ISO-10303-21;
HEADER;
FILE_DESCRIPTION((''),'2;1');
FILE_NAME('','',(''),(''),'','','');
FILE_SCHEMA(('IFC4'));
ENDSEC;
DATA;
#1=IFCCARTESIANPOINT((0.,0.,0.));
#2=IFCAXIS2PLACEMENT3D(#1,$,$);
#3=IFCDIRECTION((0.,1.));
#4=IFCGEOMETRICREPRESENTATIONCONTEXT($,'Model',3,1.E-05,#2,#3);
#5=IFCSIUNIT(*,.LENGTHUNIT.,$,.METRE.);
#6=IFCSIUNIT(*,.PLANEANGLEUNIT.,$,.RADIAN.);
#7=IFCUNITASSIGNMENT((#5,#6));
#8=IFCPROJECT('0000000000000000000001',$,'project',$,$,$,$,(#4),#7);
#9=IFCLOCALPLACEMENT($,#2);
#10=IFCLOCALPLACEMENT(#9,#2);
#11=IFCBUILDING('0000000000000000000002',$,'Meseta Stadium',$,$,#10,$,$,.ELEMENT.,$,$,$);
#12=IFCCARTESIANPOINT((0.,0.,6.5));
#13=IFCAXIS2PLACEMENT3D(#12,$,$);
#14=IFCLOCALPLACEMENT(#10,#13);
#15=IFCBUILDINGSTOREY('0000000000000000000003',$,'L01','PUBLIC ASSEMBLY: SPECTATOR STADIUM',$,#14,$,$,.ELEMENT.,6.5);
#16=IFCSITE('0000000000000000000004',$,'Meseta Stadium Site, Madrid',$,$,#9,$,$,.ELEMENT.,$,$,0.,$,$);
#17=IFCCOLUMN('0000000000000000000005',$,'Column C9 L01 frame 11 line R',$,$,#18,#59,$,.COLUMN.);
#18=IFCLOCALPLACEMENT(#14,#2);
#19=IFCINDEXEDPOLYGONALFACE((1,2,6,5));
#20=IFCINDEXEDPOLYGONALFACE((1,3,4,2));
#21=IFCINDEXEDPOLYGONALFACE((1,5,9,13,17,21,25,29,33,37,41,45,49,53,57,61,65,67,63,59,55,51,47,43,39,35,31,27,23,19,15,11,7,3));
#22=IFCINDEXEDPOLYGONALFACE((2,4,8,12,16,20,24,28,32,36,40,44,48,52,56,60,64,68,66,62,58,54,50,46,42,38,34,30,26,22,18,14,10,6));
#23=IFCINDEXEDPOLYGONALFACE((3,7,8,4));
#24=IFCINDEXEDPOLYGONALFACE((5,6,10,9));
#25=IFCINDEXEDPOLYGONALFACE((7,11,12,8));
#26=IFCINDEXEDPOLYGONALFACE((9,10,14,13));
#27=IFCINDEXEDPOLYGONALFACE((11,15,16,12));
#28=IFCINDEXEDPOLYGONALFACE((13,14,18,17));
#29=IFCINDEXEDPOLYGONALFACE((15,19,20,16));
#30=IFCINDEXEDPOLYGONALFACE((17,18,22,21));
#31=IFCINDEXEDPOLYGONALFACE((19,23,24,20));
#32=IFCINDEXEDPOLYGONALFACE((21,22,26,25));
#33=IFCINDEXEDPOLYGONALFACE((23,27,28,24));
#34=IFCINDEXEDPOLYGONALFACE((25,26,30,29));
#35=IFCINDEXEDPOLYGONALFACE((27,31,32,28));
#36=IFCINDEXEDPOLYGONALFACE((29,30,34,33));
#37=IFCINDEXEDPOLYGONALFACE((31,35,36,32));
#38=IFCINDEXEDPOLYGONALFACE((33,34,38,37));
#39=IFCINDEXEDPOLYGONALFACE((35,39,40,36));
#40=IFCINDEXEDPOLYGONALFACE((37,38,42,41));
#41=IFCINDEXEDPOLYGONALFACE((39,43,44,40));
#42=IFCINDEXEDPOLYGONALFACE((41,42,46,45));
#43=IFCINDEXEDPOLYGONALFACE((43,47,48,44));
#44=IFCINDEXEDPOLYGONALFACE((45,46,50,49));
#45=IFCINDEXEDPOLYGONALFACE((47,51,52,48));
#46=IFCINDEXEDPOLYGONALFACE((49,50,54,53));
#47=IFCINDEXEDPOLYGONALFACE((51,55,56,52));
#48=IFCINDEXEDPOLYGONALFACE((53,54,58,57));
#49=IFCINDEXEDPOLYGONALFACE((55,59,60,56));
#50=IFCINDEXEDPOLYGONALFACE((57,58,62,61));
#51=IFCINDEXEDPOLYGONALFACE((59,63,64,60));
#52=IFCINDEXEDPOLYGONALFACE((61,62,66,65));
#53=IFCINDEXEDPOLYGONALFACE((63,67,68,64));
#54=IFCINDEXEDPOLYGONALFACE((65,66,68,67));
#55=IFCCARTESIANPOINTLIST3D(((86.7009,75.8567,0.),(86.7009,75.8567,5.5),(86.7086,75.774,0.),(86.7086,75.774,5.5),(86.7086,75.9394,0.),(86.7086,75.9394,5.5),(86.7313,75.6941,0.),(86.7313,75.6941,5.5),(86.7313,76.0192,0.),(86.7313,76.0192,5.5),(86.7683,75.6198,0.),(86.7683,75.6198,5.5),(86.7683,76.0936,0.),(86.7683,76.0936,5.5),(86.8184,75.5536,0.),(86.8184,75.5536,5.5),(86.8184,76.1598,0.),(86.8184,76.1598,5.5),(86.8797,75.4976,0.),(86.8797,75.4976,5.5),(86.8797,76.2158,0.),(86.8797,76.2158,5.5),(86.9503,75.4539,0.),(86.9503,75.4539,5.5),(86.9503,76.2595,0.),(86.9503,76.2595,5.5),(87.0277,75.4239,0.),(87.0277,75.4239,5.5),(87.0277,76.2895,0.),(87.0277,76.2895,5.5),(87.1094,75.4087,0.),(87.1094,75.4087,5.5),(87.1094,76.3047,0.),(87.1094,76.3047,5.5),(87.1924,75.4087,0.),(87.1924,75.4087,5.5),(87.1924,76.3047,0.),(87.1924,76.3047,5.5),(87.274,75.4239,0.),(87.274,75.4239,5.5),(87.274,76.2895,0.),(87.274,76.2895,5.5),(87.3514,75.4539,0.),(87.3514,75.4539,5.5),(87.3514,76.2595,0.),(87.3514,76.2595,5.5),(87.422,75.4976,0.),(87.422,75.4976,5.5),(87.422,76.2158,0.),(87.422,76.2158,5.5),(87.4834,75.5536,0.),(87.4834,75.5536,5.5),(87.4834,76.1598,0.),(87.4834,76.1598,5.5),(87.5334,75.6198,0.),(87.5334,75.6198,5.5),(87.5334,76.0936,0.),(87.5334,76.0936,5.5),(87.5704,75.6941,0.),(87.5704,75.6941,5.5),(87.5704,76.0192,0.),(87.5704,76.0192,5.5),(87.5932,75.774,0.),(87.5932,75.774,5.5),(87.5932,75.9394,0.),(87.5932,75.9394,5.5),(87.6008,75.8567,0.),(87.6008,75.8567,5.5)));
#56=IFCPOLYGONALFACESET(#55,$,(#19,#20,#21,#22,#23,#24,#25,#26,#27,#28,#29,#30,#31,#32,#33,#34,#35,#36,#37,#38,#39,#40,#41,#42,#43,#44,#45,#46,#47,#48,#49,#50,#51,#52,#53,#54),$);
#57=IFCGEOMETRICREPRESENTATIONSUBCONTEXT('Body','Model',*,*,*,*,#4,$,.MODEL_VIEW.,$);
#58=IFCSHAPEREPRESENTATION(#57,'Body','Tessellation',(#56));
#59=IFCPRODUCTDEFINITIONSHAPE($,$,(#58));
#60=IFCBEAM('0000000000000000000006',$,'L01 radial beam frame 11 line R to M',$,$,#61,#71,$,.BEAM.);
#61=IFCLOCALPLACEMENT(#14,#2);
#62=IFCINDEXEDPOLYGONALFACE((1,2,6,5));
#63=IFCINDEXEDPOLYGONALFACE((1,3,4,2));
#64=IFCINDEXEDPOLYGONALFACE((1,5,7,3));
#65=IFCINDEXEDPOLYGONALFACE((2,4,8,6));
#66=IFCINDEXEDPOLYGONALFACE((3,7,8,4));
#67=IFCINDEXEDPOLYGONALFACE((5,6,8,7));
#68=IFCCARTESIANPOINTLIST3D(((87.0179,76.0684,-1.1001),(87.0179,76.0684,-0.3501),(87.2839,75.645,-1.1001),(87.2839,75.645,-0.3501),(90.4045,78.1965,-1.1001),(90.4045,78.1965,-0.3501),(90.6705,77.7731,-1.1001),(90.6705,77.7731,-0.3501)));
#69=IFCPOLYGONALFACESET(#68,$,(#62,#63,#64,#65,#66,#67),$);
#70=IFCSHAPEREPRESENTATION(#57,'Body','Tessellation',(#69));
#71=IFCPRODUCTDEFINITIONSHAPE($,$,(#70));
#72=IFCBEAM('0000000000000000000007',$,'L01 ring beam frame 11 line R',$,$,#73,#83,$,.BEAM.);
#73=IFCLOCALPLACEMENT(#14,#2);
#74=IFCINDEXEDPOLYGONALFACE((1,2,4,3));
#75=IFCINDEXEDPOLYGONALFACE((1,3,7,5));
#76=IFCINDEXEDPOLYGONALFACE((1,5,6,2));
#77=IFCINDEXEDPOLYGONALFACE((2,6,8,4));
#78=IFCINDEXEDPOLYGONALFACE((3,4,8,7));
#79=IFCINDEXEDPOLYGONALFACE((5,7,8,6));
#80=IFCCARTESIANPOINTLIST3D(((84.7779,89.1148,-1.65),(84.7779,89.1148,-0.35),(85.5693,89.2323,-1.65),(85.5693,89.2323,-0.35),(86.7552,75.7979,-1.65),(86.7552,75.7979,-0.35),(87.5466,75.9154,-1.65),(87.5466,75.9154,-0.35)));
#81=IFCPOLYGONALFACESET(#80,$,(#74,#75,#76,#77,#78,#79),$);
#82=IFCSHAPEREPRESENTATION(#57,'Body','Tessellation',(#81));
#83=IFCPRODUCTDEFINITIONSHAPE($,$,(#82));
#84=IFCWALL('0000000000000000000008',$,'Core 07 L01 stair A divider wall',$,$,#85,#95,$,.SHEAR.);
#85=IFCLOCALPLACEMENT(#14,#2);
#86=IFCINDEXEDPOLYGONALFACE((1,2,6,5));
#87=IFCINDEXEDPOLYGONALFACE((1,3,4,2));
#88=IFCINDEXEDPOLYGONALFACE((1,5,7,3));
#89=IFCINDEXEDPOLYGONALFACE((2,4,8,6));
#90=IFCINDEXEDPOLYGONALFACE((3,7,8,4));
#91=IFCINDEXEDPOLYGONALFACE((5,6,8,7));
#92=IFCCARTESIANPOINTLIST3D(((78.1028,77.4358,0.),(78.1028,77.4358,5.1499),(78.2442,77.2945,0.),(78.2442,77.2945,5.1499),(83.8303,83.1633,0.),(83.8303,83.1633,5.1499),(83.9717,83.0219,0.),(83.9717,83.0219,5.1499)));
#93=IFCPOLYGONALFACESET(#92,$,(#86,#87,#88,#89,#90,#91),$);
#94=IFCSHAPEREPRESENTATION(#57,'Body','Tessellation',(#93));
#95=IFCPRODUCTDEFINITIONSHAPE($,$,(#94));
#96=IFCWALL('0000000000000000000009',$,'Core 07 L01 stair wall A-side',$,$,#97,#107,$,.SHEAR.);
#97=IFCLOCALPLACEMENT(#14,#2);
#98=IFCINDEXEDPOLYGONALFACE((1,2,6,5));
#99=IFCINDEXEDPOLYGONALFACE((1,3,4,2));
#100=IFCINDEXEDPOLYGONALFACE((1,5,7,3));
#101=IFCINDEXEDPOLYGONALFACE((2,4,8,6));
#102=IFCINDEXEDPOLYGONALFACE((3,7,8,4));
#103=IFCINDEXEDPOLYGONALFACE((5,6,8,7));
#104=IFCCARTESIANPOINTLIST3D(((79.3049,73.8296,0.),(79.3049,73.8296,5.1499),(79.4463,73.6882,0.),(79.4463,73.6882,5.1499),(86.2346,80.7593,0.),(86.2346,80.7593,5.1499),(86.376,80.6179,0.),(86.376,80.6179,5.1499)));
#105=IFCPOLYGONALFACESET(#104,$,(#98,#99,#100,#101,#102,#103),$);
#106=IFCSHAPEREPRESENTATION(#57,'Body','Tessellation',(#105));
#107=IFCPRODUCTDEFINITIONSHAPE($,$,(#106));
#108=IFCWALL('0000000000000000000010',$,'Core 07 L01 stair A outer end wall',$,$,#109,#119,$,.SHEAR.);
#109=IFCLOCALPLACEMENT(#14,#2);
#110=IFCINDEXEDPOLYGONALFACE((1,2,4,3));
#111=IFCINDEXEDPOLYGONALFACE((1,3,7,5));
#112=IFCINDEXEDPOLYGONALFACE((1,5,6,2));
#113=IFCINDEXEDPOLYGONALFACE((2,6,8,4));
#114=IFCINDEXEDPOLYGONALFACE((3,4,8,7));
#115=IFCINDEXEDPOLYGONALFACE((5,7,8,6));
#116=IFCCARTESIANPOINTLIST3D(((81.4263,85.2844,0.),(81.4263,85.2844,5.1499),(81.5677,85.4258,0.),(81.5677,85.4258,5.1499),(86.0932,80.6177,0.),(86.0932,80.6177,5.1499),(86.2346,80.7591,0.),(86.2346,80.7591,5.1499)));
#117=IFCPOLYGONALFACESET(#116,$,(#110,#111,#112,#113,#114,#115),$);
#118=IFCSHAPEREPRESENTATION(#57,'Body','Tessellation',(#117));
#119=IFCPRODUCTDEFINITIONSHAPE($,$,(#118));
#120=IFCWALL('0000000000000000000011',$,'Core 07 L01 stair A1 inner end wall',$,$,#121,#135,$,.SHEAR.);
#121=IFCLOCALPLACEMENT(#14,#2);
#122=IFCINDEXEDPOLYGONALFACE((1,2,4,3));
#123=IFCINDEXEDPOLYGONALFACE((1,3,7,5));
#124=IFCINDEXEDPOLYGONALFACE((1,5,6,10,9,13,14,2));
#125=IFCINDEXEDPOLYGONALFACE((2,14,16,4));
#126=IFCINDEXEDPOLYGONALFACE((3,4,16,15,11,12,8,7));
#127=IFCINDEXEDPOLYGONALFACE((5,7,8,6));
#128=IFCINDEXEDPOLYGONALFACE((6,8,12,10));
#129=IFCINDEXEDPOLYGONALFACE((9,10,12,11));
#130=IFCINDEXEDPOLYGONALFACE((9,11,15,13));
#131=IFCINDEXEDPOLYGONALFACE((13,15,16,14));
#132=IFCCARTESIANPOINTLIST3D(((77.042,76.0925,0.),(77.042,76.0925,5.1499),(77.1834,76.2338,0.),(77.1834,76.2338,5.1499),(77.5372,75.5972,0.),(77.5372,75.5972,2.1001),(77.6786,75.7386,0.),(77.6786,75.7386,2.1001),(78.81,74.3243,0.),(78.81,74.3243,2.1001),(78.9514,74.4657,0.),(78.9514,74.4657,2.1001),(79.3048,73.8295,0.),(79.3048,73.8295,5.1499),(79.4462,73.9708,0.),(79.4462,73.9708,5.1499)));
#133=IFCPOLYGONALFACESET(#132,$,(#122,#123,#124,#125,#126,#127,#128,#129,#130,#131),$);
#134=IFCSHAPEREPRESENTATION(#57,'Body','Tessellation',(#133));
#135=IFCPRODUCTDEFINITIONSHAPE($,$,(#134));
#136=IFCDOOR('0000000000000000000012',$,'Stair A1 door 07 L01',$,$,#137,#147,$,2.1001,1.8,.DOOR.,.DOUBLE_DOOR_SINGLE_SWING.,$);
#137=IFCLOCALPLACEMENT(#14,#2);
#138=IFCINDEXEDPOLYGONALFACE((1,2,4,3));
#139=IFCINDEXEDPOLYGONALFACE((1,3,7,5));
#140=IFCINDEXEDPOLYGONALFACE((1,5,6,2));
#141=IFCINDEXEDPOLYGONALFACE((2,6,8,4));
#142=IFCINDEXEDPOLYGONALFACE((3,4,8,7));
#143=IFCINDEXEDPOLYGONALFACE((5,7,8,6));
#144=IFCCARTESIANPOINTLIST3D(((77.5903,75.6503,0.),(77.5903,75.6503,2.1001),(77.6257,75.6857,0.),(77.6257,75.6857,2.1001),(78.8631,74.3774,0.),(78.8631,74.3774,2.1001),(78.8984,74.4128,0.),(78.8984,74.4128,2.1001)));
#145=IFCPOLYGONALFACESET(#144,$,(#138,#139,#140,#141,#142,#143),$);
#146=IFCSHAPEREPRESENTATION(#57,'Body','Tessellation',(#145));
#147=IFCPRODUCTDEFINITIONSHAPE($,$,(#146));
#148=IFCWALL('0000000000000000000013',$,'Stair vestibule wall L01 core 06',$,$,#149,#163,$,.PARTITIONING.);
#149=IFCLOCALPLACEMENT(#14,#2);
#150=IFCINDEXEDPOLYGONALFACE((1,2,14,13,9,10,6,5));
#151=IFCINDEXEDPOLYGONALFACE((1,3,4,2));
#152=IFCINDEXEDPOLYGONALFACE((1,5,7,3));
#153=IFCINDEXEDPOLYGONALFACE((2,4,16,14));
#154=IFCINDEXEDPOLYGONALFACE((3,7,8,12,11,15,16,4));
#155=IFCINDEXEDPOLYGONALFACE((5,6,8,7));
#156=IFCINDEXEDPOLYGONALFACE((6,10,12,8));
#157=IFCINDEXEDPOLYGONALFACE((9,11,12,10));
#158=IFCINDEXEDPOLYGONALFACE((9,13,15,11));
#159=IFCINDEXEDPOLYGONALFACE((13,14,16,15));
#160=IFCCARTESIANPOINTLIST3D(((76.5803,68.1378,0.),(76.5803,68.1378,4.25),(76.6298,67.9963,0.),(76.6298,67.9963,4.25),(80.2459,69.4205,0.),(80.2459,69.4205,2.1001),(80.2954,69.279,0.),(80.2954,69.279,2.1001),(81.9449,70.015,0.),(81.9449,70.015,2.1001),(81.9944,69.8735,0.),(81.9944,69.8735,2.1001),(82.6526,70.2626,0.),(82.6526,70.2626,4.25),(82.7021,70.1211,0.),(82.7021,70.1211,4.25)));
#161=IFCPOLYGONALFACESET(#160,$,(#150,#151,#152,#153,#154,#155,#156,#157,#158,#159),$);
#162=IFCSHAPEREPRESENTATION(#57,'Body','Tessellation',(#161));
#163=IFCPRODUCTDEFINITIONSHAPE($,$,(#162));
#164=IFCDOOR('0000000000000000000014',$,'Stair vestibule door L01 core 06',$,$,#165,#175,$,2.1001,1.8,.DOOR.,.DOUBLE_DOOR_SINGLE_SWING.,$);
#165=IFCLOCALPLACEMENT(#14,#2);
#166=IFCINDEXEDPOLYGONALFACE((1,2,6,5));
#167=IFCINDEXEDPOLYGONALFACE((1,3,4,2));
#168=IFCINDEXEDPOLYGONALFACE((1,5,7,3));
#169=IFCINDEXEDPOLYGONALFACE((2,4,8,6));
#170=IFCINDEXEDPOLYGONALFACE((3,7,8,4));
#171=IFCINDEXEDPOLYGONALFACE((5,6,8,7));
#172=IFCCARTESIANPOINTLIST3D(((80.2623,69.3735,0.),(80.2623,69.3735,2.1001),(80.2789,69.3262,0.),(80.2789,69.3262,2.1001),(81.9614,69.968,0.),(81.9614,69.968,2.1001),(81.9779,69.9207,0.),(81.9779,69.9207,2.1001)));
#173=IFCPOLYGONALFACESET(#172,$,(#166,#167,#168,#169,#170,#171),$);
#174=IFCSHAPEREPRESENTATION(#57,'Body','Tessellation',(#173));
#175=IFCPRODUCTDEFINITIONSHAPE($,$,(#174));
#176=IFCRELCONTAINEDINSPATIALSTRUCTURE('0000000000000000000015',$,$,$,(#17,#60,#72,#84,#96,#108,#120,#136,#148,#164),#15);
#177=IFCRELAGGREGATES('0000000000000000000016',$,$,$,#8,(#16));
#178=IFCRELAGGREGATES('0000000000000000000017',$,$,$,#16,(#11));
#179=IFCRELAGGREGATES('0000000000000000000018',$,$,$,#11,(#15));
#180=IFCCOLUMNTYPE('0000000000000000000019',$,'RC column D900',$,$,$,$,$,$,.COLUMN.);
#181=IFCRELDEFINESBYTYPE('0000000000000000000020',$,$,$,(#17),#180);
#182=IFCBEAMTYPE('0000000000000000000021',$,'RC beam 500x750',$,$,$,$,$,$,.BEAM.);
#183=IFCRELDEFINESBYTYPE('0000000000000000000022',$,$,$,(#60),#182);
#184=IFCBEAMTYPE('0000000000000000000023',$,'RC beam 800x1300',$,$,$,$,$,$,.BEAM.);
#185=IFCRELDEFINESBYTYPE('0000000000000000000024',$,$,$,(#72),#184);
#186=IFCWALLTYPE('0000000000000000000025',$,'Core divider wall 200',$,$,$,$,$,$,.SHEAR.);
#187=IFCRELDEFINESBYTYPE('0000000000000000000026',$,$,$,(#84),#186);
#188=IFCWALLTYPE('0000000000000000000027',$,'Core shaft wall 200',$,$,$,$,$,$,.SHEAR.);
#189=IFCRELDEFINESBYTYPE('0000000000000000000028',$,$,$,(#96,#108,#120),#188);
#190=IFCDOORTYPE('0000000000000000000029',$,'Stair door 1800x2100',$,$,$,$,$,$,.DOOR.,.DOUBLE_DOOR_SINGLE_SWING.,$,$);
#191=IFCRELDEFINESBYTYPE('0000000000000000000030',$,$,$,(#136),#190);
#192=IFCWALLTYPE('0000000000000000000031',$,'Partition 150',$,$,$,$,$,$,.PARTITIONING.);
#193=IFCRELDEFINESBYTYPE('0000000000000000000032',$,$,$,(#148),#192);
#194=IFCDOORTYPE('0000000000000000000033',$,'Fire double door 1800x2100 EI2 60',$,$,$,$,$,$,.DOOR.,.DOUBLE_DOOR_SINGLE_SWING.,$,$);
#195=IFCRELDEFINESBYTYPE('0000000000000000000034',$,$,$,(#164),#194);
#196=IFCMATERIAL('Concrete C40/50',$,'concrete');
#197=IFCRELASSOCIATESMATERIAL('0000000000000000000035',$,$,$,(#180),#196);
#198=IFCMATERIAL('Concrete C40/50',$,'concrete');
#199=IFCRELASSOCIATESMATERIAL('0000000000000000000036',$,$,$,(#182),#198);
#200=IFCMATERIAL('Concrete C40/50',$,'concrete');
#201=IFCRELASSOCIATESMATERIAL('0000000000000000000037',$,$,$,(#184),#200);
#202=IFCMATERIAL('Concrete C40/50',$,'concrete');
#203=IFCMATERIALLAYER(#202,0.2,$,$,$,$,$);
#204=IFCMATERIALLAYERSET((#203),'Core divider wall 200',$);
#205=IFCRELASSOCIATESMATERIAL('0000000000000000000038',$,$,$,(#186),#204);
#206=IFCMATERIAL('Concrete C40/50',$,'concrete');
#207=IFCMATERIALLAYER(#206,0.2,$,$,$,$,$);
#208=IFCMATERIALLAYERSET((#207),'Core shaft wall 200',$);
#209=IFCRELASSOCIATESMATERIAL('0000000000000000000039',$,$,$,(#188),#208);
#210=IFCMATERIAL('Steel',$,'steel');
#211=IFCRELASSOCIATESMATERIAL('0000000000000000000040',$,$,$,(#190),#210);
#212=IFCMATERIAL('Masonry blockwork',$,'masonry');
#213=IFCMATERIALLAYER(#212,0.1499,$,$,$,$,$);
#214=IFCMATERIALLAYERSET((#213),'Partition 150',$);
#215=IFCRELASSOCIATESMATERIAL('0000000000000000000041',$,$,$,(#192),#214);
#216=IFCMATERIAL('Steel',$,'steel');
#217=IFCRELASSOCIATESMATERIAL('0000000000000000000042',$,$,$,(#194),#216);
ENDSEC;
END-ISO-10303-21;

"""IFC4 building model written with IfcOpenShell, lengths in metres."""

from ifc_helpers import new_model, si_unit, direction, frame, frame_2d, origin, origin_2d, place, context, subcontext, project, spatial, rectangle, circle, extrude, material, layer, layer_set, material_profile, profile_set, type_object, element, fill, save


model = new_model("IFC4")

# Units and contexts
model_context = context("Model", 3, precision=1e-05, world=origin(), true_north=direction((0.0, 1.0)))
body_context = subcontext(model_context, "Body", "Model", "MODEL_VIEW")
ifc_project = project(units=[si_unit("LENGTHUNIT", "METRE"), si_unit("PLANEANGLEUNIT", "RADIAN")], contexts=[model_context])

# Site, building, storey
site_placement = place(None, origin())
site = spatial("IfcSite", under=ifc_project, at=site_placement, Name="Meseta Stadium Site, Madrid", CompositionType="ELEMENT", RefElevation=0.0)
building_placement = place(site_placement, origin())
building = spatial("IfcBuilding", under=site, at=building_placement, Name="Meseta Stadium", CompositionType="ELEMENT")
storey_placement = place(building_placement, frame((0.0, 0.0, 6.5)))
storey = spatial("IfcBuildingStorey", under=building, at=storey_placement, Name="L01", Description="PUBLIC ASSEMBLY: SPECTATOR STADIUM", CompositionType="ELEMENT", Elevation=6.5)

# Column
ifc_material_1 = material(Name="Concrete C40/50", Category="concrete")
ifc_material_profile_1 = material_profile(ifc_material_1, circle(Radius=0.45, at=origin_2d()), Name="RC D900")
ifc_profile_set_1 = profile_set([ifc_material_profile_1], Name="Concrete C40/50")
column_type = type_object("IfcColumnType", Name="RC column D900", PredefinedType="COLUMN", material=ifc_profile_set_1)
column_placement = place(storey_placement, frame((87.1509, 75.8567, 0.0), z_axis=(0.0, 0.0, 1.0), x_axis=(1.0, 0.0, 0.0)))
element("IfcColumn", 1, at=column_placement, inside=storey, type_object=column_type, Name="Column C9 L01 frame 11 line R", PredefinedType="COLUMN", context=body_context, shape_type="SweptSolid", body=[
    extrude(circle(Radius=0.45, at=origin_2d()), origin(), (0.0, 0.0, 1.0), 5.5),
])

# Beams
ifc_material_2 = material(Name="Concrete C40/50", Category="concrete")
ifc_material_profile_2 = material_profile(ifc_material_2, rectangle(XDim=0.5, YDim=0.75, at=origin_2d()), Name="RC 500x750")
ifc_profile_set_2 = profile_set([ifc_material_profile_2], Name="Concrete C40/50")
beam_type_1 = type_object("IfcBeamType", Name="RC beam 500x750", PredefinedType="BEAM", material=ifc_profile_set_2)
beam_1_placement = place(storey_placement, frame((87.1509, 75.8567, -0.7251), z_axis=(0.846706, 0.53206, 0.0), x_axis=(-0.53206, 0.846706, 0.0)))
element("IfcBeam", 2, at=beam_1_placement, inside=storey, type_object=beam_type_1, Name="L01 radial beam frame 11 line R to M", PredefinedType="BEAM", context=body_context, shape_type="SweptSolid", body=[
    extrude(rectangle(XDim=0.5, YDim=0.75, at=origin_2d()), origin(), (0.0, 0.0, 1.0), 3.9998),
])
ifc_material_3 = material(Name="Concrete C40/50", Category="concrete")
ifc_material_profile_3 = material_profile(ifc_material_3, rectangle(XDim=0.8, YDim=1.3, at=origin_2d()), Name="RC 800x1300")
ifc_profile_set_3 = profile_set([ifc_material_profile_3], Name="Concrete C40/50")
beam_type_2 = type_object("IfcBeamType", Name="RC beam 800x1300", PredefinedType="BEAM", material=ifc_profile_set_3)
beam_2_placement = place(storey_placement, frame((87.1509, 75.8567, -1.0), z_axis=(-0.14687, 0.989156, 0.0), x_axis=(-0.989156, -0.14687, 0.0)))
element("IfcBeam", 3, at=beam_2_placement, inside=storey, type_object=beam_type_2, Name="L01 ring beam frame 11 line R", PredefinedType="BEAM", context=body_context, shape_type="SweptSolid", body=[
    extrude(rectangle(XDim=0.8, YDim=1.3, at=origin_2d()), origin(), (0.0, 0.0, 1.0), 13.4629),
])

# Walls
ifc_material_4 = material(Name="Concrete C40/50", Category="concrete")
ifc_layer_1 = layer(ifc_material_4, 0.2)
ifc_layer_set_1 = layer_set([ifc_layer_1], Name="Core divider wall 200")
wall_type_1 = type_object("IfcWallType", Name="Core divider wall 200", PredefinedType="SHEAR", material=ifc_layer_set_1)
wall_1_placement = place(storey_placement, frame((83.9009, 83.0925, 0.0), z_axis=(0.0, 0.0, 1.0), x_axis=(-0.707107, -0.707107, 0.0)))
element("IfcWall", 4, at=wall_1_placement, inside=storey, type_object=wall_type_1, Name="Core 07 L01 stair A divider wall", PredefinedType="SHEAR", context=body_context, shape_type="SweptSolid", body=[
    extrude(rectangle(XDim=8.0999, YDim=0.2, at=frame_2d((4.0498, 0.0))), origin(), (0.0, 0.0, 1.0), 5.1499),
])
ifc_material_5 = material(Name="Concrete C40/50", Category="concrete")
ifc_layer_2 = layer(ifc_material_5, 0.2)
ifc_layer_set_2 = layer_set([ifc_layer_2], Name="Core shaft wall 200")
wall_type_2 = type_object("IfcWallType", Name="Core shaft wall 200", PredefinedType="SHEAR", material=ifc_layer_set_2)
wall_2_placement = place(storey_placement, frame((86.3052, 80.6885, 0.0), z_axis=(0.0, 0.0, 1.0), x_axis=(-0.707107, -0.707107, 0.0)))
element("IfcWall", 5, at=wall_2_placement, inside=storey, type_object=wall_type_2, Name="Core 07 L01 stair wall A-side", PredefinedType="SHEAR", context=body_context, shape_type="SweptSolid", body=[
    extrude(rectangle(XDim=9.8, YDim=0.2, at=frame_2d((4.8999, 0.0))), origin(), (0.0, 0.0, 1.0), 5.1499),
])
wall_3_placement = place(storey_placement, frame((86.1638, 80.6885, 0.0), z_axis=(0.0, 0.0, 1.0), x_axis=(-0.707125, 0.707088, 0.0)))
element("IfcWall", 6, at=wall_3_placement, inside=storey, type_object=wall_type_2, Name="Core 07 L01 stair A outer end wall", PredefinedType="SHEAR", context=body_context, shape_type="SweptSolid", body=[
    extrude(rectangle(XDim=6.5999, YDim=0.2, at=frame_2d((3.2998, 0.0))), origin(), (0.0, 0.0, 1.0), 5.1499),
])

# Walls, openings, doors
wall_4_placement = place(storey_placement, frame((79.3755, 73.9001, 0.0), z_axis=(0.0, 0.0, 1.0), x_axis=(-0.707069, 0.707145, 0.0)))
wall_4 = element("IfcWall", 7, at=wall_4_placement, inside=storey, type_object=wall_type_2, Name="Core 07 L01 stair A1 inner end wall", PredefinedType="SHEAR", context=body_context, shape_type="SweptSolid", body=[
    extrude(rectangle(XDim=3.2002, YDim=0.2, at=frame_2d((1.6001, 0.0))), origin(), (0.0, 0.0, 1.0), 5.1499),
])
opening_1_placement = place(wall_4_placement, frame((0.7, 0.0, 0.0)))
opening_1 = element("IfcOpeningElement", 8, at=opening_1_placement, cuts=wall_4, PredefinedType="OPENING", context=body_context, shape_type="SweptSolid", body=[
    extrude(rectangle(XDim=1.8, YDim=2.1001, at=frame_2d((0.8999, 1.05))), frame((0.0, 0.1099, 0.0), z_axis=(0.0, -1.0, 0.0), x_axis=(1.0, 0.0, 0.0)), (0.0, 0.0, 1.0), 0.22),
])
ifc_material_6 = material(Name="Steel", Category="steel")
door_type_1 = type_object("IfcDoorType", Name="Stair door 1800x2100", OperationType="DOUBLE_DOOR_SINGLE_SWING", PredefinedType="DOOR", material=ifc_material_6)
door_1_placement = place(opening_1_placement, origin())
door_1 = element("IfcDoor", 9, at=door_1_placement, inside=storey, type_object=door_type_1, Name="Stair A1 door 07 L01", OperationType="DOUBLE_DOOR_SINGLE_SWING", OverallHeight=2.1001, OverallWidth=1.8, PredefinedType="DOOR", context=body_context, shape_type="SweptSolid", body=[
    extrude(rectangle(XDim=1.8, YDim=2.1001, at=frame_2d((0.8999, 1.05))), frame((0.0, 0.0249, 0.0), z_axis=(0.0, -1.0, 0.0), x_axis=(1.0, 0.0, 0.0)), (0.0, 0.0, 1.0), 0.05),
])
fill(opening_1, door_1)
ifc_material_7 = material(Name="Masonry blockwork", Category="masonry")
ifc_layer_3 = layer(ifc_material_7, 0.1499)
ifc_layer_set_3 = layer_set([ifc_layer_3], Name="Partition 150")
wall_type_3 = type_object("IfcWallType", Name="Partition 150", PredefinedType="PARTITIONING", material=ifc_layer_set_3)
wall_5_placement = place(storey_placement, frame((82.6775, 70.1919, 0.0), z_axis=(0.0, 0.0, 1.0), x_axis=(-0.943884, -0.330276, 0.0)))
wall_5 = element("IfcWall", 10, at=wall_5_placement, inside=storey, type_object=wall_type_3, Name="Stair vestibule wall L01 core 06", PredefinedType="PARTITIONING", context=body_context, shape_type="SweptSolid", body=[
    extrude(rectangle(XDim=6.4333, YDim=0.1499, at=frame_2d((3.2168, 0.0))), origin(), (0.0, 0.0, 1.0), 4.25),
])
opening_2_placement = place(wall_5_placement, frame((0.75, 0.0, 0.0)))
opening_2 = element("IfcOpeningElement", 11, at=opening_2_placement, cuts=wall_5, PredefinedType="OPENING", context=body_context, shape_type="SweptSolid", body=[
    extrude(rectangle(XDim=1.8, YDim=2.1001, at=frame_2d((0.8999, 1.05))), frame((0.0, 0.085, 0.0), z_axis=(0.0, -1.0, 0.0), x_axis=(1.0, 0.0, 0.0)), (0.0, 0.0, 1.0), 0.1699),
])
ifc_material_8 = material(Name="Steel", Category="steel")
door_type_2 = type_object("IfcDoorType", Name="Fire double door 1800x2100 EI2 60", OperationType="DOUBLE_DOOR_SINGLE_SWING", PredefinedType="DOOR", material=ifc_material_8)
door_2_placement = place(opening_2_placement, origin())
door_2 = element("IfcDoor", 12, at=door_2_placement, inside=storey, type_object=door_type_2, Name="Stair vestibule door L01 core 06", OperationType="DOUBLE_DOOR_SINGLE_SWING", OverallHeight=2.1001, OverallWidth=1.8, PredefinedType="DOOR", context=body_context, shape_type="SweptSolid", body=[
    extrude(rectangle(XDim=1.8, YDim=2.1001, at=frame_2d((0.8999, 1.05))), frame((0.0, 0.0249, 0.0), z_axis=(0.0, -1.0, 0.0), x_axis=(1.0, 0.0, 0.0)), (0.0, 0.0, 1.0), 0.05),
])
fill(opening_2, door_2)

save(model, "model.ifc")
